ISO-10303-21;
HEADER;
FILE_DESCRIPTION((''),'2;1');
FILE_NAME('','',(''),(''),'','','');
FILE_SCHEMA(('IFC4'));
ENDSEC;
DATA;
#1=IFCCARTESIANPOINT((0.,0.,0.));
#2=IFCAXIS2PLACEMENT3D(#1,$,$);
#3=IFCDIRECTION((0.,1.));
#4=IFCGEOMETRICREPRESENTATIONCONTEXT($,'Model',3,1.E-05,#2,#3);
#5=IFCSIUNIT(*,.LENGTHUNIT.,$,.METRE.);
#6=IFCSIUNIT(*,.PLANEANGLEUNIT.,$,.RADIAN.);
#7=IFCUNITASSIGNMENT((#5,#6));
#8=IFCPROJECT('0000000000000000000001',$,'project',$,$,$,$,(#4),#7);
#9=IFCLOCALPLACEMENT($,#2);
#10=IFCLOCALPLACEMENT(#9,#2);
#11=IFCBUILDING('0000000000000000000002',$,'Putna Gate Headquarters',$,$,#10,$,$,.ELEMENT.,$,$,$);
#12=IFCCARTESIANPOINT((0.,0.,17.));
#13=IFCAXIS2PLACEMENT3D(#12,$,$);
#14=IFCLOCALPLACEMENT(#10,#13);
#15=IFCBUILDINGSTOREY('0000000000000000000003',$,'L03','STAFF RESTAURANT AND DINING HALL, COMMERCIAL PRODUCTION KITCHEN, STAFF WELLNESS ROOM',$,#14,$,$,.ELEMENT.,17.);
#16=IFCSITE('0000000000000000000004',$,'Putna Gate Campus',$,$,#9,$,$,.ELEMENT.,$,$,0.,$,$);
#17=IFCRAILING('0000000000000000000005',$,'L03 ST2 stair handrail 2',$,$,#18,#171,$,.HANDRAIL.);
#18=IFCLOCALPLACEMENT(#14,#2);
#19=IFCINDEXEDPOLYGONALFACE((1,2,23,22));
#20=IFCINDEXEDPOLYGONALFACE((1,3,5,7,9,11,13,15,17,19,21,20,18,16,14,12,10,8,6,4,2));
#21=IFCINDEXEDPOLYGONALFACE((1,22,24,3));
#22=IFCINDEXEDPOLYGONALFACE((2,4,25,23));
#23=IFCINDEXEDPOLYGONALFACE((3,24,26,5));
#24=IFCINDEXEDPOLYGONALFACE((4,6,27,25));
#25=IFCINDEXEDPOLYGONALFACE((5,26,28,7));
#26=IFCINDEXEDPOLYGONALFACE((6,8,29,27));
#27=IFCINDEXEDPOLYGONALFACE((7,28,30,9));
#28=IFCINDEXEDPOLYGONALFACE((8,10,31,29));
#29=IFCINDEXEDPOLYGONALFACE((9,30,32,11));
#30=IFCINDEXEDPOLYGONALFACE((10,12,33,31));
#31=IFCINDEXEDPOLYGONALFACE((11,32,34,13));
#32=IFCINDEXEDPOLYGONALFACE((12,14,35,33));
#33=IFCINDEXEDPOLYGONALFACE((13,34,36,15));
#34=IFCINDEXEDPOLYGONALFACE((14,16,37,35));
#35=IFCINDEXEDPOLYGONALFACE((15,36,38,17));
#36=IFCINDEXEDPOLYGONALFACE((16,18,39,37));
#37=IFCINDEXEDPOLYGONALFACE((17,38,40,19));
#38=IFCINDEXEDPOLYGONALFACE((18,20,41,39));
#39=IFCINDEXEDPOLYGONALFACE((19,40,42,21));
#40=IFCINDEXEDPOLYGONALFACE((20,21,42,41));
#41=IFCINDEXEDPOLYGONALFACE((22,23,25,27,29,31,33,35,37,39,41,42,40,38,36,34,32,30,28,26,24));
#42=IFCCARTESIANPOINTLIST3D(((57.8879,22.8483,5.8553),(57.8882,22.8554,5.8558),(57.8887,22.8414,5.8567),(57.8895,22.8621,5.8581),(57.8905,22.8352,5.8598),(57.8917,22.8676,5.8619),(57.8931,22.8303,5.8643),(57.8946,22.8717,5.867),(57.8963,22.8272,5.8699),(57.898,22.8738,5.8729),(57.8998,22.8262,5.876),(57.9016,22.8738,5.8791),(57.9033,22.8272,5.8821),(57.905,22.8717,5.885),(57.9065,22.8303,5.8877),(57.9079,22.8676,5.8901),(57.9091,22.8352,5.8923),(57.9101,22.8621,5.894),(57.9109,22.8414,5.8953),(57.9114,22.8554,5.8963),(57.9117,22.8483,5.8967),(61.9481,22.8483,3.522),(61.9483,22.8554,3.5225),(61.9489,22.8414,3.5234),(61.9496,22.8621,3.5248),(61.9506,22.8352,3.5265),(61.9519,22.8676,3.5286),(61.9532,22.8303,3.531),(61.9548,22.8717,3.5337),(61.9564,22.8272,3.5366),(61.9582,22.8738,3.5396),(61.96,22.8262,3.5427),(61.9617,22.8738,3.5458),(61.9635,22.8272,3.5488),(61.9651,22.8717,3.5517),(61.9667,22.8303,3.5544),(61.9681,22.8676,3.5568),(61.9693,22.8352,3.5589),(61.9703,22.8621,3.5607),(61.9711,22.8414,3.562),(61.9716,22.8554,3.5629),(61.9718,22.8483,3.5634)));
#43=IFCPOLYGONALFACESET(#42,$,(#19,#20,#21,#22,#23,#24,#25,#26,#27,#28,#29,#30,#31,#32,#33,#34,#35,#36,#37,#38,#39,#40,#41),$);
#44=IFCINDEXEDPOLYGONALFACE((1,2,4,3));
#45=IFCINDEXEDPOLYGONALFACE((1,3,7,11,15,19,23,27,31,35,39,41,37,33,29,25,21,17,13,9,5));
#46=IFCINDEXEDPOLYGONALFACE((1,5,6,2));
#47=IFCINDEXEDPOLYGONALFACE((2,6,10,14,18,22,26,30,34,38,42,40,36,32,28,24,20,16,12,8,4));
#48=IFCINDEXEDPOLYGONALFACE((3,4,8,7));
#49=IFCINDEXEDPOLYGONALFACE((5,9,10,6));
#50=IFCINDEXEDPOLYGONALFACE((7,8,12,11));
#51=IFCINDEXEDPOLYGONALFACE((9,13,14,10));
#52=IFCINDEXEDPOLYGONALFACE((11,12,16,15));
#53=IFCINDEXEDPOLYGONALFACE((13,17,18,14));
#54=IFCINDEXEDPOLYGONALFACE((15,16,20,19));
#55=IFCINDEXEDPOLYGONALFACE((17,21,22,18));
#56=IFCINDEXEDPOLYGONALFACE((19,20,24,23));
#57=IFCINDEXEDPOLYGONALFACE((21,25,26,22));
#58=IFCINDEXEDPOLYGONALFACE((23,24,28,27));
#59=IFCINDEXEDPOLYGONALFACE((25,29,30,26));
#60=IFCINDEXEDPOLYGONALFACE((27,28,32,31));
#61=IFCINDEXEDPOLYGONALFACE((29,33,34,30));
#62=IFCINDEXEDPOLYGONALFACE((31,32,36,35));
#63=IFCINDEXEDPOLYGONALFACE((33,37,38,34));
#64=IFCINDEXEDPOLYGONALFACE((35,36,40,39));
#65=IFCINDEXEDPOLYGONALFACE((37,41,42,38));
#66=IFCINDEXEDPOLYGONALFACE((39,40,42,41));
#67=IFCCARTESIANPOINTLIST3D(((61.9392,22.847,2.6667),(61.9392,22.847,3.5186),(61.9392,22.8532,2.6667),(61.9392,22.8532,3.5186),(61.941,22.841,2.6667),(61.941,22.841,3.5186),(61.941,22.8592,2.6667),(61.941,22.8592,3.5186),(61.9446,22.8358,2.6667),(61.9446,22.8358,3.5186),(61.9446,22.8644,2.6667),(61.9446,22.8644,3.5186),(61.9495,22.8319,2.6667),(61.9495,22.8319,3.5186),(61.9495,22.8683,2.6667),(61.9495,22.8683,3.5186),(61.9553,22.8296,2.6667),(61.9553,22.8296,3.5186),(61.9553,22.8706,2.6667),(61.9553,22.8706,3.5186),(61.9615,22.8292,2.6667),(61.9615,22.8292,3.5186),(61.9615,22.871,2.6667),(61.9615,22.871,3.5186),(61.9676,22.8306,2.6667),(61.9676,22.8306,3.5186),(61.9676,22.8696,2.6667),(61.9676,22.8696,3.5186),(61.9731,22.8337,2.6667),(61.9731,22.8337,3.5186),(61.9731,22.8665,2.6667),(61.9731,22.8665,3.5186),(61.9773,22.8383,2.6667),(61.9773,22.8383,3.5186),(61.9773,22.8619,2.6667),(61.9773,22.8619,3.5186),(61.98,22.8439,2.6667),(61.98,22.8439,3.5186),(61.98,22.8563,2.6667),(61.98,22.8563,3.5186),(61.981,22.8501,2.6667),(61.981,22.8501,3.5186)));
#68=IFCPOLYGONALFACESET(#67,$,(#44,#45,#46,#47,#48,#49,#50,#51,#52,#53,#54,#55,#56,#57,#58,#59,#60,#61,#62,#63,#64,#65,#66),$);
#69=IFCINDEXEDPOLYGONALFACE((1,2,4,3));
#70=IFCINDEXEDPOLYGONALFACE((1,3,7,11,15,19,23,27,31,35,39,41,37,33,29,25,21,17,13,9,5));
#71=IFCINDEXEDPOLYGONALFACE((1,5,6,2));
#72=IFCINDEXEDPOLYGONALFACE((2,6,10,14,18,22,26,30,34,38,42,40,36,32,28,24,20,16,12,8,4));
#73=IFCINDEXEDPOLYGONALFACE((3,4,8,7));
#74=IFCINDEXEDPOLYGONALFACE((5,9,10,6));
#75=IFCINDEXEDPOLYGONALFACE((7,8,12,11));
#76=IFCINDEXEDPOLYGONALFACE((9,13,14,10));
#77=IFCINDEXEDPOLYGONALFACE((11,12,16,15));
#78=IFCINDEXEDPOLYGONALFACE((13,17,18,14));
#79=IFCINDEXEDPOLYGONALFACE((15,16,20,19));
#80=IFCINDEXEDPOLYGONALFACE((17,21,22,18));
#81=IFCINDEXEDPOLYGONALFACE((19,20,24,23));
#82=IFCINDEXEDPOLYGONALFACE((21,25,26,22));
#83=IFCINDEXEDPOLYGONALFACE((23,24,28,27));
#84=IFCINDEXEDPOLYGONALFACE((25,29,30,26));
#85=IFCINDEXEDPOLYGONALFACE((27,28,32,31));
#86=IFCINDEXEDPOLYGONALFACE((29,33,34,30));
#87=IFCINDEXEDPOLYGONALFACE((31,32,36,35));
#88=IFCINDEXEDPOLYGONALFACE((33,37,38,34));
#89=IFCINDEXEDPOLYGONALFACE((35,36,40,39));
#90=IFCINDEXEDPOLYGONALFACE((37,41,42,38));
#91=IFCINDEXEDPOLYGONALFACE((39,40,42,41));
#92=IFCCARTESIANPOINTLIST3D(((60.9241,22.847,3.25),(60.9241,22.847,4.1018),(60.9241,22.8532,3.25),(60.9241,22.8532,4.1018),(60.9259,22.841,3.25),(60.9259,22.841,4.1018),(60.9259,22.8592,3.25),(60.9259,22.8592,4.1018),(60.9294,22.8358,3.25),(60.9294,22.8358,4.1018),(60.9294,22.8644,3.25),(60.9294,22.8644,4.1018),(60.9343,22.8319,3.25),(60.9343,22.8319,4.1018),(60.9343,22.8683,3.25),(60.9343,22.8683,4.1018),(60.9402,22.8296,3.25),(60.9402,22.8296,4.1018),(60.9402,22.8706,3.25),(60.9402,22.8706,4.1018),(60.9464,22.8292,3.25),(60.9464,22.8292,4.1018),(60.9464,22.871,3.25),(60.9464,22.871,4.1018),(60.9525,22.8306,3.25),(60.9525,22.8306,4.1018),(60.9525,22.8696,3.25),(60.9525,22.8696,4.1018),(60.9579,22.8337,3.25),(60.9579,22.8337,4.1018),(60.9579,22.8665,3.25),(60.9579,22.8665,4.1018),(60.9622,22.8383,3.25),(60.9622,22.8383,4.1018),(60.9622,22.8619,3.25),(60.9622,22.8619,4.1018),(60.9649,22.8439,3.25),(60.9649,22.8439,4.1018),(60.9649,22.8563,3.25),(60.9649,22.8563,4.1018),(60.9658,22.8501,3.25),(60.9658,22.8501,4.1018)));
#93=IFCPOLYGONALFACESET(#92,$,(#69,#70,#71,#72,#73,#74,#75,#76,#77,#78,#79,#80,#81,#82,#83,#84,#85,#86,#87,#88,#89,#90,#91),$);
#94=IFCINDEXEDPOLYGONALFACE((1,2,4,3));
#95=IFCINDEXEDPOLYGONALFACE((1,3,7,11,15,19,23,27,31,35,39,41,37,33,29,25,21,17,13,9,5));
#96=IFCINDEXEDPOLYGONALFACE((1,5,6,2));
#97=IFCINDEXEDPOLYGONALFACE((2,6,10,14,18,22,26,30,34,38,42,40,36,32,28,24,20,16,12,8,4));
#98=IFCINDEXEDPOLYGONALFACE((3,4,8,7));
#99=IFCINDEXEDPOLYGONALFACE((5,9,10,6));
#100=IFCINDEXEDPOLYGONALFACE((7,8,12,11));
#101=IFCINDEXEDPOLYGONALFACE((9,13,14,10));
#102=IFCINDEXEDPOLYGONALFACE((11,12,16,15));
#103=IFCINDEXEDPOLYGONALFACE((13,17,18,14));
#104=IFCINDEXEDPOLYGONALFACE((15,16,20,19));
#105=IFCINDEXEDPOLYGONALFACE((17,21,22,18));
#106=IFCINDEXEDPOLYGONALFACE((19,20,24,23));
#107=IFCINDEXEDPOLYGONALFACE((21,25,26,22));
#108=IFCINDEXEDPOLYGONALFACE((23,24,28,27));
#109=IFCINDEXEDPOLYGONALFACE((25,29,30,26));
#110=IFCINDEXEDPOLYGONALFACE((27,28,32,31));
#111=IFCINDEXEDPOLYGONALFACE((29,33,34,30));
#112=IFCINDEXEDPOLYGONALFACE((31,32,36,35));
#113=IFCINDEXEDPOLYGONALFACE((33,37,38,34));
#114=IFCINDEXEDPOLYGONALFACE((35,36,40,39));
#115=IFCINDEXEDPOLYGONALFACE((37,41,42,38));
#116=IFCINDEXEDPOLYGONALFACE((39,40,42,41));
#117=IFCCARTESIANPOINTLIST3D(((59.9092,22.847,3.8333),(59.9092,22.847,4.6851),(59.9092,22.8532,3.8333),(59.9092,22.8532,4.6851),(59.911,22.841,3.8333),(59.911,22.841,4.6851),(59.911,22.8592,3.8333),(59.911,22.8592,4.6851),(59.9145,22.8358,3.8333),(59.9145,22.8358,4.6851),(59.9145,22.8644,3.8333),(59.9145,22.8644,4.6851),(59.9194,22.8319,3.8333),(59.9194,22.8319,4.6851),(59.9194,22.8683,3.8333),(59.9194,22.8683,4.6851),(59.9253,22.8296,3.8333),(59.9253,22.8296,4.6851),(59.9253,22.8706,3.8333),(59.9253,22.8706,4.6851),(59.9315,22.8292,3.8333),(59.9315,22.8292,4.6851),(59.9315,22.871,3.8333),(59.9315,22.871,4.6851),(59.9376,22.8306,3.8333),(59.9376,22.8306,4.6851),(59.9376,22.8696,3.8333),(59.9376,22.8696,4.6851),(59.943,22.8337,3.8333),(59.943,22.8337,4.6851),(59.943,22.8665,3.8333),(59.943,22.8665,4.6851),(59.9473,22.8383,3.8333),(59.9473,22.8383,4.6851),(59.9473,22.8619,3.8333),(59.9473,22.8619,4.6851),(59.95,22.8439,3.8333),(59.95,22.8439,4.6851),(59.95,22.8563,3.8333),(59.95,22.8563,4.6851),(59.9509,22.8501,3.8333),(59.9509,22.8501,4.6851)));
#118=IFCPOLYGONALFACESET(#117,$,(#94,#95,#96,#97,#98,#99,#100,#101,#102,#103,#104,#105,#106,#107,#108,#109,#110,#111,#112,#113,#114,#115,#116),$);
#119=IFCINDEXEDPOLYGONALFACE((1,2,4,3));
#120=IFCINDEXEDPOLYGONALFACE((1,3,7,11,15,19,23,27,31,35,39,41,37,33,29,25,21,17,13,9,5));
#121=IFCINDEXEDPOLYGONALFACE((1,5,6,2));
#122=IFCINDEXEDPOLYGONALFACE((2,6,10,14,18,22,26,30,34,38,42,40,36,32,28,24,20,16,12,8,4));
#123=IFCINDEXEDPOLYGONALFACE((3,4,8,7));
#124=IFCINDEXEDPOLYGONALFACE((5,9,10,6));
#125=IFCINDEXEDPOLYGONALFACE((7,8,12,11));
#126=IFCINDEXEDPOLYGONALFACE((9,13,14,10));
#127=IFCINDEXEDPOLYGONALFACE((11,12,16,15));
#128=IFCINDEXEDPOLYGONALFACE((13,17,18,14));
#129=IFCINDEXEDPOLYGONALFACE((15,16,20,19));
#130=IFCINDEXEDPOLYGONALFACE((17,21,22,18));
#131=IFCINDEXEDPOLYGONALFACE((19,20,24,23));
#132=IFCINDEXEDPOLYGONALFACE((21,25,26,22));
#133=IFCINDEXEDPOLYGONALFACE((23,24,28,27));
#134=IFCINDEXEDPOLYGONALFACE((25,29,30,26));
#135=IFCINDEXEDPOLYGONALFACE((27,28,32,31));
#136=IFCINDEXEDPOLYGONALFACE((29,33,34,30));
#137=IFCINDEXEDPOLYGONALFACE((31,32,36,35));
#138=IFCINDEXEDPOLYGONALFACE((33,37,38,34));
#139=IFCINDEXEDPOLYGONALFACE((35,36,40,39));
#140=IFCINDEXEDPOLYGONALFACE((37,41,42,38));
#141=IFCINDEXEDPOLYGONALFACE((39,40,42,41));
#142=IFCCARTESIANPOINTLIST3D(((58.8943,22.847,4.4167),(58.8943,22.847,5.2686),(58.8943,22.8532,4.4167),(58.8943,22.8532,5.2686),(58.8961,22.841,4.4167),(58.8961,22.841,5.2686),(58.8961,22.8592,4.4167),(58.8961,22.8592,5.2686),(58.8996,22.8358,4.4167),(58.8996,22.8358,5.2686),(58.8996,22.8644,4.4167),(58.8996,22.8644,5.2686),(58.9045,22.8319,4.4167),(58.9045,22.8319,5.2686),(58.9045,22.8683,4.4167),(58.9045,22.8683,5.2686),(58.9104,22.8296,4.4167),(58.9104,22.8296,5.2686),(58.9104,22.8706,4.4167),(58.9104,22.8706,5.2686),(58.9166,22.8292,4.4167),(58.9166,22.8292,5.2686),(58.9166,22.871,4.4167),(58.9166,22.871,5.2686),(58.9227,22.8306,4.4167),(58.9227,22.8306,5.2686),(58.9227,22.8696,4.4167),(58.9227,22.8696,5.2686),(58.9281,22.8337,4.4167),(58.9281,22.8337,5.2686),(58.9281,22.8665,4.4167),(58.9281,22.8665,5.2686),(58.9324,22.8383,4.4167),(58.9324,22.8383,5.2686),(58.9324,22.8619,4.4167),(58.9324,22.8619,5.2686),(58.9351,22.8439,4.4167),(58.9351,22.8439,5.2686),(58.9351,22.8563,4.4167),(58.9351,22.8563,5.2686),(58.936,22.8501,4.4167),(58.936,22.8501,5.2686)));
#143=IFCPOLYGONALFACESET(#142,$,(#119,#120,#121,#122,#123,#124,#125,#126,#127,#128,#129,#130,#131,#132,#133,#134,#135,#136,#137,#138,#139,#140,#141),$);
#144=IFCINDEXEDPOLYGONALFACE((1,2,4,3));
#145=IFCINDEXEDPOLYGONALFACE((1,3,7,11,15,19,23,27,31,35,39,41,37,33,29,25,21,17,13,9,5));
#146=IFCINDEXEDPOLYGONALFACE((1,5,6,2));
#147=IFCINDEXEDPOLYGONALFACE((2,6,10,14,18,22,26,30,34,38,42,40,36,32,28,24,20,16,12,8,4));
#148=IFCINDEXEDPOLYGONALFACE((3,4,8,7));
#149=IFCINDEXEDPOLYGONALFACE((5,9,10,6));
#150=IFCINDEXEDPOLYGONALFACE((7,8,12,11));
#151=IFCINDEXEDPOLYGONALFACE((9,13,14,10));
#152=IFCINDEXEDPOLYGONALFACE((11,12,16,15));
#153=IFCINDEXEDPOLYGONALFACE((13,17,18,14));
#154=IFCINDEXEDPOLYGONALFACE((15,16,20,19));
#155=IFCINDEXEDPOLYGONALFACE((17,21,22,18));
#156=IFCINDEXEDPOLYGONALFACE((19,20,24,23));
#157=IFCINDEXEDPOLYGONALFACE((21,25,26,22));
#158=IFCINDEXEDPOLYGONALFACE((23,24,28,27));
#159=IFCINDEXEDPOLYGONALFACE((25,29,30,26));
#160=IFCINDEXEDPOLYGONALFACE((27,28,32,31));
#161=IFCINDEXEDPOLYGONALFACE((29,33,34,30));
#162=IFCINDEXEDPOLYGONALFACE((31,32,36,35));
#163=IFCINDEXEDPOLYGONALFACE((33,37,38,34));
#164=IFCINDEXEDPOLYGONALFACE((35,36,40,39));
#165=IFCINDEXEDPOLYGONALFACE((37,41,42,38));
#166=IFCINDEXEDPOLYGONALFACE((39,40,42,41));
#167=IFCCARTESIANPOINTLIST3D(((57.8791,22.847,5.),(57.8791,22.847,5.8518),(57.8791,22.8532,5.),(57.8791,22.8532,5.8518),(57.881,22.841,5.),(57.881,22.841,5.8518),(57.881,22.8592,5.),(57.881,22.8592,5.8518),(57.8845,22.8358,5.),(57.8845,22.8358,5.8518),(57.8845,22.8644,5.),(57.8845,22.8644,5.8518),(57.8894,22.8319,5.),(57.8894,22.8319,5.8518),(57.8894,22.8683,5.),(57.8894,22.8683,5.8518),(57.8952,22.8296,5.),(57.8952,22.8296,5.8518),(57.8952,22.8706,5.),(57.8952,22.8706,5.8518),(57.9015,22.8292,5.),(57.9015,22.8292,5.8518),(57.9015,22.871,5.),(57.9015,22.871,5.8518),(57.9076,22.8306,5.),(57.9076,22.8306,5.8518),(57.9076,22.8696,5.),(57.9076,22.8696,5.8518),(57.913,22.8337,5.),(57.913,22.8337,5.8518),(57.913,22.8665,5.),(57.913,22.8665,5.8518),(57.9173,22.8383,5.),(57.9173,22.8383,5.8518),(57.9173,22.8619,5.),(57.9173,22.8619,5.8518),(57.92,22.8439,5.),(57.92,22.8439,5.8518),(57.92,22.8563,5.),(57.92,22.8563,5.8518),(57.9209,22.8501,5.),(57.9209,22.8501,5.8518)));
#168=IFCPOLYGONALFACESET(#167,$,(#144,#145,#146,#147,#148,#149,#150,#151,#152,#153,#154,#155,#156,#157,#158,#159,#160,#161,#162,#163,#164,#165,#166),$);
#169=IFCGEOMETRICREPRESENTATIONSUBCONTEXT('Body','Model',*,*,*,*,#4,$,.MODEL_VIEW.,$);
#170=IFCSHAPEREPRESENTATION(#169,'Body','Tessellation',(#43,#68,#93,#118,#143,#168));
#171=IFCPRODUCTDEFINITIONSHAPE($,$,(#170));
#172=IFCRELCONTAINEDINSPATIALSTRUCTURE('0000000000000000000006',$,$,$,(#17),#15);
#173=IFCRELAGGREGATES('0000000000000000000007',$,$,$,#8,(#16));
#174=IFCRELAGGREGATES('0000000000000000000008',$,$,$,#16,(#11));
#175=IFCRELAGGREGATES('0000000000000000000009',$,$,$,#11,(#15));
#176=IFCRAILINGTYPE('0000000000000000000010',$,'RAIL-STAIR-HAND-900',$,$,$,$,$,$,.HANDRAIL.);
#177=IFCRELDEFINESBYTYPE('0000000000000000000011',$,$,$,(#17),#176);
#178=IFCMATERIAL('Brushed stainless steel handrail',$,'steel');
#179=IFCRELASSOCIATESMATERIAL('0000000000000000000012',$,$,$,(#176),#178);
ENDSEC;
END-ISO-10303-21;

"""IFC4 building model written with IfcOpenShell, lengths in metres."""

from ifc_helpers import new_model, si_unit, direction, frame, origin, origin_2d, place, context, subcontext, project, spatial, circle, extrude, material, type_object, element, save


model = new_model("IFC4")

# Units and contexts
model_context = context("Model", 3, precision=1e-05, world=origin(), true_north=direction((0.0, 1.0)))
body_context = subcontext(model_context, "Body", "Model", "MODEL_VIEW")
ifc_project = project(units=[si_unit("LENGTHUNIT", "METRE"), si_unit("PLANEANGLEUNIT", "RADIAN")], contexts=[model_context])

# Site, building, storey
site_placement = place(None, origin())
site = spatial("IfcSite", under=ifc_project, at=site_placement, Name="Putna Gate Campus", CompositionType="ELEMENT", RefElevation=0.0)
building_placement = place(site_placement, origin())
building = spatial("IfcBuilding", under=site, at=building_placement, Name="Putna Gate Headquarters", CompositionType="ELEMENT")
storey_placement = place(building_placement, frame((0.0, 0.0, 17.0)))
storey = spatial("IfcBuildingStorey", under=building, at=storey_placement, Name="L03", Description="STAFF RESTAURANT AND DINING HALL, COMMERCIAL PRODUCTION KITCHEN, STAFF WELLNESS ROOM", CompositionType="ELEMENT", Elevation=17.0)

# Railing
ifc_material_1 = material(Name="Brushed stainless steel handrail", Category="steel")
railing_type = type_object("IfcRailingType", Name="RAIL-STAIR-HAND-900", PredefinedType="HANDRAIL", material=ifc_material_1)
railing_placement = place(storey_placement, frame((61.96, 22.8501, 2.6667)))
element("IfcRailing", 1, at=railing_placement, inside=storey, type_object=railing_type, Name="L03 ST2 stair handrail 2", PredefinedType="HANDRAIL", context=body_context, shape_type="SweptSolid", body=[
    extrude(circle(Radius=0.0239, at=origin_2d()), frame((0.0, 0.0, 0.876), z_axis=(-0.867025, 0.0, 0.498265), x_axis=(0.0, -1.0, 0.0)), (0.0, 0.0, 1.0), 4.6829),
    extrude(circle(Radius=0.021, at=origin_2d()), origin(), (0.0, 0.0, 1.0), 0.8518),
    extrude(circle(Radius=0.021, at=origin_2d()), frame((-1.0151, 0.0, 0.5833)), (0.0, 0.0, 1.0), 0.8518),
    extrude(circle(Radius=0.021, at=origin_2d()), frame((-2.03, 0.0, 1.1665)), (0.0, 0.0, 1.0), 0.8518),
    extrude(circle(Radius=0.021, at=origin_2d()), frame((-3.0449, 0.0, 1.75)), (0.0, 0.0, 1.0), 0.8518),
    extrude(circle(Radius=0.021, at=origin_2d()), frame((-4.0601, 0.0, 2.3333)), (0.0, 0.0, 1.0), 0.8518),
])

save(model, "model.ifc")
